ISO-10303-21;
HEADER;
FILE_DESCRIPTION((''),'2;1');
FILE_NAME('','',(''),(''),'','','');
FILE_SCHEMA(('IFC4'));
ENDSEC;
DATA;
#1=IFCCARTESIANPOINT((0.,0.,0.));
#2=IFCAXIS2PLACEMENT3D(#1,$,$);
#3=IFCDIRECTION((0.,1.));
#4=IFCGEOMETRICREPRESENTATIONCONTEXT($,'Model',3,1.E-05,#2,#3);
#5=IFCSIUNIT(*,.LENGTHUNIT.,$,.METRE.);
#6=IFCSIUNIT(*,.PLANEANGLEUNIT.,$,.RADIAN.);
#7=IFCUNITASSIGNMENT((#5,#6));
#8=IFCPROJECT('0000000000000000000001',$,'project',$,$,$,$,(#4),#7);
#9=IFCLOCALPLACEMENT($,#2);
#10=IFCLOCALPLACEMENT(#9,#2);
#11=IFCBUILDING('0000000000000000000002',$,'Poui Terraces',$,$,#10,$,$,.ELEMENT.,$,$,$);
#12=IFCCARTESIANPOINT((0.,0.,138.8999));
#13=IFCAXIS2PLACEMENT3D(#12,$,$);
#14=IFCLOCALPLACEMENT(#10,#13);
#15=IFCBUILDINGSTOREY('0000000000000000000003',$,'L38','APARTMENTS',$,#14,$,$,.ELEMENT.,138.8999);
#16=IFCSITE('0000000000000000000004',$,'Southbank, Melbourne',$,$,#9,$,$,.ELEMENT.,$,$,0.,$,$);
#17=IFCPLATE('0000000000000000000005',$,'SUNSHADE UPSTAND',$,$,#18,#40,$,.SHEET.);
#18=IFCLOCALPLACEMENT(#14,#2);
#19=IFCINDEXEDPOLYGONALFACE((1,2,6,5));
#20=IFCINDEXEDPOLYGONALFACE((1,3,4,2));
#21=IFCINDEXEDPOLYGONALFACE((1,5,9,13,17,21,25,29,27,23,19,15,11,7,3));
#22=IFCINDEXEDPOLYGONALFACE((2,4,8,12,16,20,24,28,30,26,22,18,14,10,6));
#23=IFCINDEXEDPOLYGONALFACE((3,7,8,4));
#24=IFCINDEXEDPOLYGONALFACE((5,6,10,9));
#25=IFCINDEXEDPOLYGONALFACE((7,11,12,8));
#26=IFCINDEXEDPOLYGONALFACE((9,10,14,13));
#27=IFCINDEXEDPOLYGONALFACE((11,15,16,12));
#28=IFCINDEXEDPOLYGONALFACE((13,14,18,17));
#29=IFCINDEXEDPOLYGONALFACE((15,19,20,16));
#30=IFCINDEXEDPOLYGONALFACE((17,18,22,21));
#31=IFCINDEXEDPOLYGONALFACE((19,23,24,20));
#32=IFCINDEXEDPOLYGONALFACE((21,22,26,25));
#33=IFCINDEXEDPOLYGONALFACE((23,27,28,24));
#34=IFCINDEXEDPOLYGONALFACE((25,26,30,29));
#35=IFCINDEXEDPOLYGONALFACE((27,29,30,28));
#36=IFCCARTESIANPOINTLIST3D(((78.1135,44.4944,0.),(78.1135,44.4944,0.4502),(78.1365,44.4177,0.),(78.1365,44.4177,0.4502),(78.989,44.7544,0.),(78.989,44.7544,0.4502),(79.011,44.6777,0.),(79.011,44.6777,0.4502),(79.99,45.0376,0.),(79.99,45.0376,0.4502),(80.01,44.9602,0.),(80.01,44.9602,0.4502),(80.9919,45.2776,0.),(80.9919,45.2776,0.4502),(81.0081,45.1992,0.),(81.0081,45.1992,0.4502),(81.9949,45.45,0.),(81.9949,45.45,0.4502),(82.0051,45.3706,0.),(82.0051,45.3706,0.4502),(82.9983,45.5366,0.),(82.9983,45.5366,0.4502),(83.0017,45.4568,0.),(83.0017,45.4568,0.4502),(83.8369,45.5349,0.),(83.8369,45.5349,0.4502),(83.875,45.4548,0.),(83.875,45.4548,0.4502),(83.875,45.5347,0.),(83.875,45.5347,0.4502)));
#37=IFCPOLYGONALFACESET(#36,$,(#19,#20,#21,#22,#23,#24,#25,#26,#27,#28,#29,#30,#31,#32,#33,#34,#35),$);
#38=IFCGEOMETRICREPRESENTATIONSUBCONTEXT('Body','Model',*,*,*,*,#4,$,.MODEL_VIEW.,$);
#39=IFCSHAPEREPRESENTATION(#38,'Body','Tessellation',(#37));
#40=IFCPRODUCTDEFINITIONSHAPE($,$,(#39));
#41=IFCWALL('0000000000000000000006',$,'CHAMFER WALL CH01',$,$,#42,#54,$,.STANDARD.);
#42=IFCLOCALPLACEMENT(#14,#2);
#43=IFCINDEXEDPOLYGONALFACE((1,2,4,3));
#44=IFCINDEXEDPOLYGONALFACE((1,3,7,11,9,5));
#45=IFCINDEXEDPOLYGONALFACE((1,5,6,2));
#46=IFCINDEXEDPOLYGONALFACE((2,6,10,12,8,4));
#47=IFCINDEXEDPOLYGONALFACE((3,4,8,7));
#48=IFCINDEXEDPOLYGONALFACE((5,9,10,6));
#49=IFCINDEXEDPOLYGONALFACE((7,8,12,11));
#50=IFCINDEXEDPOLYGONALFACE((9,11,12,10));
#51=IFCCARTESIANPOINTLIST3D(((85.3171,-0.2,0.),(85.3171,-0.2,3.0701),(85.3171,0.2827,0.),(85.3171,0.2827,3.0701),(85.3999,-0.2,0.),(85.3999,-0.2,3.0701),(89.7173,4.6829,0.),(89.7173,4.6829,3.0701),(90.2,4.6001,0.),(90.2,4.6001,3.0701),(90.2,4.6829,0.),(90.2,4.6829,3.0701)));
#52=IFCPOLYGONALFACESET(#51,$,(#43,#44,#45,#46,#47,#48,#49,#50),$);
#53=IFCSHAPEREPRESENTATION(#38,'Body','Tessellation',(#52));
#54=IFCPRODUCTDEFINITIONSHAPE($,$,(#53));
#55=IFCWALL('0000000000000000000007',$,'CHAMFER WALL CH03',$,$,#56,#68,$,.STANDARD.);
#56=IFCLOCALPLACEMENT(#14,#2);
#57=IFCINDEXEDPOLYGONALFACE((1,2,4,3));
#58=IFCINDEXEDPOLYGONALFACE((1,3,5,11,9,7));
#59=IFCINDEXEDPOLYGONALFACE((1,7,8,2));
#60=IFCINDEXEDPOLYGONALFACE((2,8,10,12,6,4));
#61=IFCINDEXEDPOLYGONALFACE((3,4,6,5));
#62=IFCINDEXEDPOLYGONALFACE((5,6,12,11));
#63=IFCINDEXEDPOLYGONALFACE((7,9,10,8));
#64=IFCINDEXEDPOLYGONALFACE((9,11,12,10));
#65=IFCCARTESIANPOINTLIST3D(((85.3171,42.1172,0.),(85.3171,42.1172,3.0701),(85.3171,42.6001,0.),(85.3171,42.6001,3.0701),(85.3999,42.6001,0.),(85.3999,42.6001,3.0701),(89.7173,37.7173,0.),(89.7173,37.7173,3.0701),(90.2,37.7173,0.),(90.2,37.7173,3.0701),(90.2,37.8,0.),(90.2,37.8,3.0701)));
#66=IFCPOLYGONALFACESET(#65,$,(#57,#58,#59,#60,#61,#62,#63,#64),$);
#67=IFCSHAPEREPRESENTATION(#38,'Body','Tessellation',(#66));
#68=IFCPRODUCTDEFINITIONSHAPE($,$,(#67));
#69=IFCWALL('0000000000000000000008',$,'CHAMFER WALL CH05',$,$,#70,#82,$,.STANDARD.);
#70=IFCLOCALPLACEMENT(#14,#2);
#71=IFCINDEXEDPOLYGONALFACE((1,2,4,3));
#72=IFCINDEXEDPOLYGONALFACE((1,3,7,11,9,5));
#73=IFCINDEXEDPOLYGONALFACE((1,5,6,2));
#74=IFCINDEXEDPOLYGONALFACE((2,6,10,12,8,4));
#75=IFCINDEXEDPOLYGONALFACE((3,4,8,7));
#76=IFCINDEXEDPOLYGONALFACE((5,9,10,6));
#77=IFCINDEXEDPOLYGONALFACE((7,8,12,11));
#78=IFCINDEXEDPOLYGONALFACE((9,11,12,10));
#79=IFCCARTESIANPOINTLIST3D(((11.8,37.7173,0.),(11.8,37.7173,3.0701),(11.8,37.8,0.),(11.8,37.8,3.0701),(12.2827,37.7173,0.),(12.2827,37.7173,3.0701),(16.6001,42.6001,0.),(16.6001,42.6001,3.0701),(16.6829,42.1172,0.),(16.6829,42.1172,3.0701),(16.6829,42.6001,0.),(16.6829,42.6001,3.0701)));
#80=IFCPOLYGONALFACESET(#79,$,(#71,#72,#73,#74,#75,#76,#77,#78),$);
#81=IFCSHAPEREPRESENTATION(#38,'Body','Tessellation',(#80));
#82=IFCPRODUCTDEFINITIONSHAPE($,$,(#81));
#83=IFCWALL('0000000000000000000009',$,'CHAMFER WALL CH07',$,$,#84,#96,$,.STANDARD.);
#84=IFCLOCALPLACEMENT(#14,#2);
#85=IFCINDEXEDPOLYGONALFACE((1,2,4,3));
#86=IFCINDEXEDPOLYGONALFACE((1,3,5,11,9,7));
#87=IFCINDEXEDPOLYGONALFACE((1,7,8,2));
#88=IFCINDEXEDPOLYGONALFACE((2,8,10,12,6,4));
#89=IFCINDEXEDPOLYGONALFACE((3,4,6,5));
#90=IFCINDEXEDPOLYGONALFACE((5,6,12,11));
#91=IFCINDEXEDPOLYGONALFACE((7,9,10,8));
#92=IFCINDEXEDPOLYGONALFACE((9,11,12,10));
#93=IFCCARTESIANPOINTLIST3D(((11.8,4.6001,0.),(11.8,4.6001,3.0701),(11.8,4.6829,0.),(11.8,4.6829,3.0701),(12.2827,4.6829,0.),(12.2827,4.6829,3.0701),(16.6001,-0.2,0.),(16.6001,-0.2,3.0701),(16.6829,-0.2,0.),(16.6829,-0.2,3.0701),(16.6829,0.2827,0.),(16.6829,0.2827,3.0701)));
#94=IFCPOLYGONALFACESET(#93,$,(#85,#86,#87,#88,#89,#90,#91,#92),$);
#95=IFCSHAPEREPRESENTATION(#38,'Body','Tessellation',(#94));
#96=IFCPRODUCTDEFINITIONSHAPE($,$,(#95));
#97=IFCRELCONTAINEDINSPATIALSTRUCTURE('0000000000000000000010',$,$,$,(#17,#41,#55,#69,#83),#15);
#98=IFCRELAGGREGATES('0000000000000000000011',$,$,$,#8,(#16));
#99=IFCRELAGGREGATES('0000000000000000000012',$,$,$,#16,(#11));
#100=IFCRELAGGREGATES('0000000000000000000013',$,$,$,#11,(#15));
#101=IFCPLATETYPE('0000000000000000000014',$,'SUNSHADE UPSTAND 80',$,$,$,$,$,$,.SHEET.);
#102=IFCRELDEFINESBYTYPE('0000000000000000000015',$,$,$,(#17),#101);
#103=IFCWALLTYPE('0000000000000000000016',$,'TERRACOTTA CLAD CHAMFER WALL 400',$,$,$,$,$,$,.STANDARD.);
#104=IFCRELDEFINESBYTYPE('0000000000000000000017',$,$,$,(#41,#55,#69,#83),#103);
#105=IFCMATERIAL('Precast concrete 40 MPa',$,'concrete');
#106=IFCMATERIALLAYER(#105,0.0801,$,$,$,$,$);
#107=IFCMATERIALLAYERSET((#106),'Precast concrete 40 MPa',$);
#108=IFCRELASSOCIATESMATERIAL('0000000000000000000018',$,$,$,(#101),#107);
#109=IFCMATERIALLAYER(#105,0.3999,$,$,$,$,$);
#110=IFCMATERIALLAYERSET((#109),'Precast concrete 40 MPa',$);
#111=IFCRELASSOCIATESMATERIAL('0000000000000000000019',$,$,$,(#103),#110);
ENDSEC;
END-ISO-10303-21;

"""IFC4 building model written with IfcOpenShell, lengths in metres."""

from ifc_helpers import new_model, si_unit, direction, frame, origin, place, context, subcontext, project, spatial, polyline, outline, extrude, material, layer, layer_set, type_object, element, save


model = new_model("IFC4")

# Units and contexts
model_context = context("Model", 3, precision=1e-05, world=origin(), true_north=direction((0.0, 1.0)))
body_context = subcontext(model_context, "Body", "Model", "MODEL_VIEW")
ifc_project = project(units=[si_unit("LENGTHUNIT", "METRE"), si_unit("PLANEANGLEUNIT", "RADIAN")], contexts=[model_context])

# Site, building, storey
site_placement = place(None, origin())
site = spatial("IfcSite", under=ifc_project, at=site_placement, Name="Southbank, Melbourne", CompositionType="ELEMENT", RefElevation=0.0)
building_placement = place(site_placement, origin())
building = spatial("IfcBuilding", under=site, at=building_placement, Name="Poui Terraces", CompositionType="ELEMENT")
storey_placement = place(building_placement, frame((0.0, 0.0, 138.8999)))
storey = spatial("IfcBuildingStorey", under=building, at=storey_placement, Name="L38", Description="APARTMENTS", CompositionType="ELEMENT", Elevation=138.8999)

# Shared definitions
ifc_material_1 = material(Name="Precast concrete 40 MPa", Category="concrete")

# Plate
ifc_layer_1 = layer(ifc_material_1, 0.0801)
ifc_layer_set_1 = layer_set([ifc_layer_1], Name="Precast concrete 40 MPa")
plate_type = type_object("IfcPlateType", Name="SUNSHADE UPSTAND 80", PredefinedType="SHEET", material=ifc_layer_set_1)
plate_1_placement = place(storey_placement, origin())
element("IfcPlate", 1, at=plate_1_placement, inside=storey, type_object=plate_type, Name="SUNSHADE UPSTAND", PredefinedType="SHEET", context=body_context, shape_type="SweptSolid", body=[
    extrude(outline(polyline([(78.989, 44.7544), (78.1135, 44.4944), (78.1365, 44.4177), (79.011, 44.6777), (80.01, 44.9602), (81.0081, 45.1992), (82.0051, 45.3706), (83.0017, 45.4568), (83.875, 45.4548), (83.875, 45.5347), (83.8369, 45.5349), (82.9983, 45.5366), (81.9949, 45.45), (80.9919, 45.2776), (79.99, 45.0376), (78.989, 44.7544)])), origin(), (0.0, 0.0, 1.0), 0.4502),
])

# Walls
ifc_layer_2 = layer(ifc_material_1, 0.3999)
ifc_layer_set_2 = layer_set([ifc_layer_2], Name="Precast concrete 40 MPa")
wall_type = type_object("IfcWallType", Name="TERRACOTTA CLAD CHAMFER WALL 400", PredefinedType="STANDARD", material=ifc_layer_set_2)
wall_1_placement = place(storey_placement, origin())
element("IfcWall", 2, at=wall_1_placement, inside=storey, type_object=wall_type, Name="CHAMFER WALL CH01", PredefinedType="STANDARD", context=body_context, shape_type="SweptSolid", body=[
    extrude(outline(polyline([(85.3171, -0.2), (85.3999, -0.2), (90.2, 4.6001), (90.2, 4.6829), (89.7173, 4.6829), (85.3171, 0.2827), (85.3171, -0.2)])), origin(), (0.0, 0.0, 1.0), 3.0701),
])
wall_2_placement = place(storey_placement, origin())
element("IfcWall", 3, at=wall_2_placement, inside=storey, type_object=wall_type, Name="CHAMFER WALL CH03", PredefinedType="STANDARD", context=body_context, shape_type="SweptSolid", body=[
    extrude(outline(polyline([(90.2, 37.7173), (90.2, 37.8), (85.3999, 42.6001), (85.3171, 42.6001), (85.3171, 42.1172), (89.7173, 37.7173), (90.2, 37.7173)])), origin(), (0.0, 0.0, 1.0), 3.0701),
])
wall_3_placement = place(storey_placement, origin())
element("IfcWall", 4, at=wall_3_placement, inside=storey, type_object=wall_type, Name="CHAMFER WALL CH05", PredefinedType="STANDARD", context=body_context, shape_type="SweptSolid", body=[
    extrude(outline(polyline([(16.6829, 42.6001), (16.6001, 42.6001), (11.8, 37.8), (11.8, 37.7173), (12.2827, 37.7173), (16.6829, 42.1172), (16.6829, 42.6001)])), origin(), (0.0, 0.0, 1.0), 3.0701),
])
wall_4_placement = place(storey_placement, origin())
element("IfcWall", 5, at=wall_4_placement, inside=storey, type_object=wall_type, Name="CHAMFER WALL CH07", PredefinedType="STANDARD", context=body_context, shape_type="SweptSolid", body=[
    extrude(outline(polyline([(11.8, 4.6829), (11.8, 4.6001), (16.6001, -0.2), (16.6829, -0.2), (16.6829, 0.2827), (12.2827, 4.6829), (11.8, 4.6829)])), origin(), (0.0, 0.0, 1.0), 3.0701),
])

save(model, "model.ifc")
